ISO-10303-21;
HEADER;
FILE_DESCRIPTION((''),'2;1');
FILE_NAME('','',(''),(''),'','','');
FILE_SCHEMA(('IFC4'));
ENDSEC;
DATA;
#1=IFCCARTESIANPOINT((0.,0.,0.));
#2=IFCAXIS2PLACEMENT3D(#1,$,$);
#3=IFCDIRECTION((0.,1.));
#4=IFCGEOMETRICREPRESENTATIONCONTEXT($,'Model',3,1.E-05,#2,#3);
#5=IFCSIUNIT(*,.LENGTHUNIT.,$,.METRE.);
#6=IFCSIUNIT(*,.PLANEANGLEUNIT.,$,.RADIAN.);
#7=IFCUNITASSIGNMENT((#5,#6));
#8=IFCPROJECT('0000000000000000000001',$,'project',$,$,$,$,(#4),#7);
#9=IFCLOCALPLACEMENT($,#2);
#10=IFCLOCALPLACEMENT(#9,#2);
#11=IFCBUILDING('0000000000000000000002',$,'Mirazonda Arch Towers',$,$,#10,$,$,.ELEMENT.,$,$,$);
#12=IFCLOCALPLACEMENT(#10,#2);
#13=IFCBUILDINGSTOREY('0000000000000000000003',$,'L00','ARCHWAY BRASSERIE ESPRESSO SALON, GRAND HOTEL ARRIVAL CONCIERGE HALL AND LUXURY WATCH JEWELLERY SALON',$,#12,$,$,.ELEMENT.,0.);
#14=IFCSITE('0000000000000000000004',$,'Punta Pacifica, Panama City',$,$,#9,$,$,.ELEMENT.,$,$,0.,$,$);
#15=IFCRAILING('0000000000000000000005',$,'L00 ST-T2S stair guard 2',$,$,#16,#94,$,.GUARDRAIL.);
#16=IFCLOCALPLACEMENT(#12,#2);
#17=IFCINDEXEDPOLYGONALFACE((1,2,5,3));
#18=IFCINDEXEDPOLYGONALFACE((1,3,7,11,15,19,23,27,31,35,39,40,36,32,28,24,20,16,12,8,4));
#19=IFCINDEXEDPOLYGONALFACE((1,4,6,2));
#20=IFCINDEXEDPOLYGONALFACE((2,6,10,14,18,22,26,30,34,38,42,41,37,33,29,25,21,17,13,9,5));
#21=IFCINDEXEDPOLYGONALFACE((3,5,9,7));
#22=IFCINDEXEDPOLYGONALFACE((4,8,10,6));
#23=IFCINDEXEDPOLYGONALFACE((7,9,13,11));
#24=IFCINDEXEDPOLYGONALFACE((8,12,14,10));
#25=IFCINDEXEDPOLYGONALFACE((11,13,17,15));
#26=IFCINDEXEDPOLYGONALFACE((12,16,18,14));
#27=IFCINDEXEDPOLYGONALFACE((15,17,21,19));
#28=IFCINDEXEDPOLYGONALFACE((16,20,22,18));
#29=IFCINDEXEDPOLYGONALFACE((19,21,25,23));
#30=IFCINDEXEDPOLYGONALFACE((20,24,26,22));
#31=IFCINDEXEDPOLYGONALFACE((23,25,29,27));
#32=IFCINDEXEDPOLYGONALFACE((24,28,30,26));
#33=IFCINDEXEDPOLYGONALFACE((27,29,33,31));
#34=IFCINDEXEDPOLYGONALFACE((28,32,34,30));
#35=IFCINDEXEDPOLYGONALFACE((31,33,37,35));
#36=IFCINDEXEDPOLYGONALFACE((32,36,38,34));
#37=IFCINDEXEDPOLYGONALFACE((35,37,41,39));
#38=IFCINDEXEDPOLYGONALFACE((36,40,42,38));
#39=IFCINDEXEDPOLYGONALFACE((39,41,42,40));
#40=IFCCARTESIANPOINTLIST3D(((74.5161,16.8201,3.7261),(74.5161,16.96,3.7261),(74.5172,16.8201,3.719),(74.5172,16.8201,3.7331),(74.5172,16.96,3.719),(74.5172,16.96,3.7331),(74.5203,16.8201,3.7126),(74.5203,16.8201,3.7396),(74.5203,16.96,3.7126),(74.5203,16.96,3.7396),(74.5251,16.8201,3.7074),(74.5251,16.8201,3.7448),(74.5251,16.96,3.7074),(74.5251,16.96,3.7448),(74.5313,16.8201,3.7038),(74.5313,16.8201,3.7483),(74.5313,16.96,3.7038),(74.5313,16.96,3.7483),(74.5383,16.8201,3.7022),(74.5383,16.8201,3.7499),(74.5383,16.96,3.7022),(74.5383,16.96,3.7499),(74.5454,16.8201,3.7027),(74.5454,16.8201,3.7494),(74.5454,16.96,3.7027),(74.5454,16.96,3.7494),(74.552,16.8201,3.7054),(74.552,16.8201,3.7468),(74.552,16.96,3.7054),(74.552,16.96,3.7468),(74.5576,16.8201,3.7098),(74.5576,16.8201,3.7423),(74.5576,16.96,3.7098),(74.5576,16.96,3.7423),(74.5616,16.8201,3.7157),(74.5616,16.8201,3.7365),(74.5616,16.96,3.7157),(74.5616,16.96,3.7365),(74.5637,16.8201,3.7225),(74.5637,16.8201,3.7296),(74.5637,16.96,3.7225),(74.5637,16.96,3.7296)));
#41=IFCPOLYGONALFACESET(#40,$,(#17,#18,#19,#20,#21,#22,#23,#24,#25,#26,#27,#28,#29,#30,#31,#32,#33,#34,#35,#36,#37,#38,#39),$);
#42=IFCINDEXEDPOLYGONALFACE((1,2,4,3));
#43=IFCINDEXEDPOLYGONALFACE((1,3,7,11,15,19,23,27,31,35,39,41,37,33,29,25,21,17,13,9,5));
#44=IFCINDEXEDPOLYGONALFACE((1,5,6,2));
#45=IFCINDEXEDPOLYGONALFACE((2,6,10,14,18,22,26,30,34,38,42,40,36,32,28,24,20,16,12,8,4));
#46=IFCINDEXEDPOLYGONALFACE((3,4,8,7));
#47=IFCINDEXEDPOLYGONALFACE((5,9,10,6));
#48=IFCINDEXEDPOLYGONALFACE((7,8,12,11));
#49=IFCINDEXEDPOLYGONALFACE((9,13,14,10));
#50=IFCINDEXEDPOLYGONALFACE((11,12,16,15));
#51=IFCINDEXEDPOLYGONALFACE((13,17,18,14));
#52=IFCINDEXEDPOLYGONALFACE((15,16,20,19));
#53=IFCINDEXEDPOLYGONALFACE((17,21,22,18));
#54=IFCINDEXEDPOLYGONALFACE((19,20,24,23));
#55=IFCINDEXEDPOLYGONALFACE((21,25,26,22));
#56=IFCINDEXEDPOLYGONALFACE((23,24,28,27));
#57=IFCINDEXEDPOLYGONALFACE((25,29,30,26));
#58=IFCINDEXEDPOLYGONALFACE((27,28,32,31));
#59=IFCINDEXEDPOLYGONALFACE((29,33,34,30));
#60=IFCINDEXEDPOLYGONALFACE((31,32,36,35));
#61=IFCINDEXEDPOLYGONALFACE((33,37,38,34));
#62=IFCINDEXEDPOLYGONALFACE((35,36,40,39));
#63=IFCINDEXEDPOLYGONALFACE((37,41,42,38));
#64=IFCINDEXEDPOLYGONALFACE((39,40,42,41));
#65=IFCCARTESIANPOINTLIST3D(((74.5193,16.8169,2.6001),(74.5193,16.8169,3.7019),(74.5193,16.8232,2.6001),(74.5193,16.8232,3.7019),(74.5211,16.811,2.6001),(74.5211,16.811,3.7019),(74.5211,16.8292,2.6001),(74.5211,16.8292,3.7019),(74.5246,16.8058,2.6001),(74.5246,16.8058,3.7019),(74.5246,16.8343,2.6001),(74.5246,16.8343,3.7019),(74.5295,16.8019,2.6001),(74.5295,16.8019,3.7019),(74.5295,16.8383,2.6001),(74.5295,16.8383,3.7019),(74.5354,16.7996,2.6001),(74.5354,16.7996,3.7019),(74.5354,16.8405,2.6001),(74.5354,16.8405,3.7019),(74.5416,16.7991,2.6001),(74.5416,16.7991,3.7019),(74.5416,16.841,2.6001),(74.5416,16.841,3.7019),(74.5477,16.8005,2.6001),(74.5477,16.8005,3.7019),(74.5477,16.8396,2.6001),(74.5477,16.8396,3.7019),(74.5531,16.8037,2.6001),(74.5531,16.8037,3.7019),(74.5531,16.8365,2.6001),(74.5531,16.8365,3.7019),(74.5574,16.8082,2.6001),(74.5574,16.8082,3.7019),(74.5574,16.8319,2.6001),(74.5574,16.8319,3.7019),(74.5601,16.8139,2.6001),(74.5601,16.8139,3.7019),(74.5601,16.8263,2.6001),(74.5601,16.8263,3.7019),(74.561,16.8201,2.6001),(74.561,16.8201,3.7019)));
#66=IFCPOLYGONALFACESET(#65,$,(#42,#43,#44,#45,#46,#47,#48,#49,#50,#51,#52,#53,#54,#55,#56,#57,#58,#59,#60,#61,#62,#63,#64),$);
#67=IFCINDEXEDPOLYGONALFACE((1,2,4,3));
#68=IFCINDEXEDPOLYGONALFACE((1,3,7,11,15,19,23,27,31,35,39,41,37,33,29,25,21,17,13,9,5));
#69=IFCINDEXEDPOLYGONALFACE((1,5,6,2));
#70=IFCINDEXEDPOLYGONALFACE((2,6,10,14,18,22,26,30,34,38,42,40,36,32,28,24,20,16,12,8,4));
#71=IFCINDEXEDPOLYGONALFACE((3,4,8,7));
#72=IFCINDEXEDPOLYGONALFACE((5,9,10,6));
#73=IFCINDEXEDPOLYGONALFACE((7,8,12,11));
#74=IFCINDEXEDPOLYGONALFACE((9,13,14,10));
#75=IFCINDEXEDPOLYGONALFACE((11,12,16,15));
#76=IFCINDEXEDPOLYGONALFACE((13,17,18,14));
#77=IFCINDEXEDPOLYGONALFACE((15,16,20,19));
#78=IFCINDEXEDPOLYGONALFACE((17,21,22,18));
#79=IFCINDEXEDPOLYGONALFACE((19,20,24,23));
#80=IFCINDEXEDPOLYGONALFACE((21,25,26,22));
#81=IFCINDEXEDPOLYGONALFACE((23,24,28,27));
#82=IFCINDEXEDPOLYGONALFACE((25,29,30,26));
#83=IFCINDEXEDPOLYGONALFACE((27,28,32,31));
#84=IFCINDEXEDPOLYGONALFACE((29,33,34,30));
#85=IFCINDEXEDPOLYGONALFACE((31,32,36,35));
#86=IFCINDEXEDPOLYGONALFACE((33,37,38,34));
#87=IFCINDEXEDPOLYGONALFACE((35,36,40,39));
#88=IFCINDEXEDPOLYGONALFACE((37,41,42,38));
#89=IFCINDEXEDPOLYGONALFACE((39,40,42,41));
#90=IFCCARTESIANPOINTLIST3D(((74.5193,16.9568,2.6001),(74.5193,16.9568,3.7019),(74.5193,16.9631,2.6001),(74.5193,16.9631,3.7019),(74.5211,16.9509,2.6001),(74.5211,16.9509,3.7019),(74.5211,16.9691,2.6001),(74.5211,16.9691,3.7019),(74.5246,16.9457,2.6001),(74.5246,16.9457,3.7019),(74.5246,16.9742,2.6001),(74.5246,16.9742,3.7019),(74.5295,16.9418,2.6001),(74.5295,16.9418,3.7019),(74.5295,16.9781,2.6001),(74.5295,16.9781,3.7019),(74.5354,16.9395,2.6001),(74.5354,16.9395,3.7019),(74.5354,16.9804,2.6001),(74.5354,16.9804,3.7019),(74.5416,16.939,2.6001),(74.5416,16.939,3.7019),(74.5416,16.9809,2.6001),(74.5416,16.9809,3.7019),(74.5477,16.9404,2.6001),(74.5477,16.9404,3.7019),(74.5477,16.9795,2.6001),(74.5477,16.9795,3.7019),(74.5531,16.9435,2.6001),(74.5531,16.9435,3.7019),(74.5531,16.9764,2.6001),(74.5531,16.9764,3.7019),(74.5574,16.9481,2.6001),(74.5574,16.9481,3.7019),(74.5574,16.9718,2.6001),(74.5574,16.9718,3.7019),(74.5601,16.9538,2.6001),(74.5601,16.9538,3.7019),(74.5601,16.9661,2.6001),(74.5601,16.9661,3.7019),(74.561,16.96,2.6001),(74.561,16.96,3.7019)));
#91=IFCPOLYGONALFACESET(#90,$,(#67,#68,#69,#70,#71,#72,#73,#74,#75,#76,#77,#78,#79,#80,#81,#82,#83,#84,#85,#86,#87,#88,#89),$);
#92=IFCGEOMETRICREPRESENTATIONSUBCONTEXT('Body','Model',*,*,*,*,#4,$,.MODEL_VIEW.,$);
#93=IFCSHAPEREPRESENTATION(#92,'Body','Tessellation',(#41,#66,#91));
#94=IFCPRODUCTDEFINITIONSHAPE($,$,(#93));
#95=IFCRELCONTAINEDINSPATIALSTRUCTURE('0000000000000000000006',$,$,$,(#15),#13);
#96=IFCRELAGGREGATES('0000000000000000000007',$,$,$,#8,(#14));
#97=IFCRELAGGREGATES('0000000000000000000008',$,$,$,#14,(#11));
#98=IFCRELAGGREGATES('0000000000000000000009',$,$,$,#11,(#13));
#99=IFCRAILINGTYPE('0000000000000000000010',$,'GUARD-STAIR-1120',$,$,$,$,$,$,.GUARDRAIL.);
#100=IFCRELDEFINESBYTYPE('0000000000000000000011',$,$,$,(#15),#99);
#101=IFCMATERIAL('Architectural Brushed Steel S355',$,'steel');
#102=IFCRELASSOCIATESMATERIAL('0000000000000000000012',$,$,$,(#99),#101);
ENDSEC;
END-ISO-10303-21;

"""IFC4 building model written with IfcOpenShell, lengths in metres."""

from ifc_helpers import new_model, si_unit, direction, frame, origin, origin_2d, place, context, subcontext, project, spatial, circle, extrude, material, type_object, element, save


model = new_model("IFC4")

# Units and contexts
model_context = context("Model", 3, precision=1e-05, world=origin(), true_north=direction((0.0, 1.0)))
body_context = subcontext(model_context, "Body", "Model", "MODEL_VIEW")
ifc_project = project(units=[si_unit("LENGTHUNIT", "METRE"), si_unit("PLANEANGLEUNIT", "RADIAN")], contexts=[model_context])

# Site, building, storey
site_placement = place(None, origin())
site = spatial("IfcSite", under=ifc_project, at=site_placement, Name="Punta Pacifica, Panama City", CompositionType="ELEMENT", RefElevation=0.0)
building_placement = place(site_placement, origin())
building = spatial("IfcBuilding", under=site, at=building_placement, Name="Mirazonda Arch Towers", CompositionType="ELEMENT")
storey_placement = place(building_placement, origin())
storey = spatial("IfcBuildingStorey", under=building, at=storey_placement, Name="L00", Description="ARCHWAY BRASSERIE ESPRESSO SALON, GRAND HOTEL ARRIVAL CONCIERGE HALL AND LUXURY WATCH JEWELLERY SALON", CompositionType="ELEMENT", Elevation=0.0)

# Shared definitions
ifc_material_1 = material(Name="Architectural Brushed Steel S355", Category="steel")

# Railing
railing_type_1 = type_object("IfcRailingType", Name="GUARD-STAIR-1120", PredefinedType="GUARDRAIL", material=ifc_material_1)
railing_1_placement = place(storey_placement, frame((74.54, 16.8201, 2.6001)))
element("IfcRailing", 1, at=railing_1_placement, inside=storey, type_object=railing_type_1, Name="L00 ST-T2S stair guard 2", PredefinedType="GUARDRAIL", context=body_context, shape_type="SweptSolid", body=[
    extrude(circle(Radius=0.0239, at=origin_2d()), frame((0.0, 0.0, 1.126), z_axis=(0.0, 1.0, 0.0), x_axis=(-1.0, 0.0, 0.0)), (0.0, 0.0, 1.0), 0.1399),
    extrude(circle(Radius=0.021, at=origin_2d()), origin(), (0.0, 0.0, 1.0), 1.1018),
    extrude(circle(Radius=0.021, at=origin_2d()), frame((0.0, 0.1399, 0.0)), (0.0, 0.0, 1.0), 1.1018),
])

save(model, "model.ifc")
